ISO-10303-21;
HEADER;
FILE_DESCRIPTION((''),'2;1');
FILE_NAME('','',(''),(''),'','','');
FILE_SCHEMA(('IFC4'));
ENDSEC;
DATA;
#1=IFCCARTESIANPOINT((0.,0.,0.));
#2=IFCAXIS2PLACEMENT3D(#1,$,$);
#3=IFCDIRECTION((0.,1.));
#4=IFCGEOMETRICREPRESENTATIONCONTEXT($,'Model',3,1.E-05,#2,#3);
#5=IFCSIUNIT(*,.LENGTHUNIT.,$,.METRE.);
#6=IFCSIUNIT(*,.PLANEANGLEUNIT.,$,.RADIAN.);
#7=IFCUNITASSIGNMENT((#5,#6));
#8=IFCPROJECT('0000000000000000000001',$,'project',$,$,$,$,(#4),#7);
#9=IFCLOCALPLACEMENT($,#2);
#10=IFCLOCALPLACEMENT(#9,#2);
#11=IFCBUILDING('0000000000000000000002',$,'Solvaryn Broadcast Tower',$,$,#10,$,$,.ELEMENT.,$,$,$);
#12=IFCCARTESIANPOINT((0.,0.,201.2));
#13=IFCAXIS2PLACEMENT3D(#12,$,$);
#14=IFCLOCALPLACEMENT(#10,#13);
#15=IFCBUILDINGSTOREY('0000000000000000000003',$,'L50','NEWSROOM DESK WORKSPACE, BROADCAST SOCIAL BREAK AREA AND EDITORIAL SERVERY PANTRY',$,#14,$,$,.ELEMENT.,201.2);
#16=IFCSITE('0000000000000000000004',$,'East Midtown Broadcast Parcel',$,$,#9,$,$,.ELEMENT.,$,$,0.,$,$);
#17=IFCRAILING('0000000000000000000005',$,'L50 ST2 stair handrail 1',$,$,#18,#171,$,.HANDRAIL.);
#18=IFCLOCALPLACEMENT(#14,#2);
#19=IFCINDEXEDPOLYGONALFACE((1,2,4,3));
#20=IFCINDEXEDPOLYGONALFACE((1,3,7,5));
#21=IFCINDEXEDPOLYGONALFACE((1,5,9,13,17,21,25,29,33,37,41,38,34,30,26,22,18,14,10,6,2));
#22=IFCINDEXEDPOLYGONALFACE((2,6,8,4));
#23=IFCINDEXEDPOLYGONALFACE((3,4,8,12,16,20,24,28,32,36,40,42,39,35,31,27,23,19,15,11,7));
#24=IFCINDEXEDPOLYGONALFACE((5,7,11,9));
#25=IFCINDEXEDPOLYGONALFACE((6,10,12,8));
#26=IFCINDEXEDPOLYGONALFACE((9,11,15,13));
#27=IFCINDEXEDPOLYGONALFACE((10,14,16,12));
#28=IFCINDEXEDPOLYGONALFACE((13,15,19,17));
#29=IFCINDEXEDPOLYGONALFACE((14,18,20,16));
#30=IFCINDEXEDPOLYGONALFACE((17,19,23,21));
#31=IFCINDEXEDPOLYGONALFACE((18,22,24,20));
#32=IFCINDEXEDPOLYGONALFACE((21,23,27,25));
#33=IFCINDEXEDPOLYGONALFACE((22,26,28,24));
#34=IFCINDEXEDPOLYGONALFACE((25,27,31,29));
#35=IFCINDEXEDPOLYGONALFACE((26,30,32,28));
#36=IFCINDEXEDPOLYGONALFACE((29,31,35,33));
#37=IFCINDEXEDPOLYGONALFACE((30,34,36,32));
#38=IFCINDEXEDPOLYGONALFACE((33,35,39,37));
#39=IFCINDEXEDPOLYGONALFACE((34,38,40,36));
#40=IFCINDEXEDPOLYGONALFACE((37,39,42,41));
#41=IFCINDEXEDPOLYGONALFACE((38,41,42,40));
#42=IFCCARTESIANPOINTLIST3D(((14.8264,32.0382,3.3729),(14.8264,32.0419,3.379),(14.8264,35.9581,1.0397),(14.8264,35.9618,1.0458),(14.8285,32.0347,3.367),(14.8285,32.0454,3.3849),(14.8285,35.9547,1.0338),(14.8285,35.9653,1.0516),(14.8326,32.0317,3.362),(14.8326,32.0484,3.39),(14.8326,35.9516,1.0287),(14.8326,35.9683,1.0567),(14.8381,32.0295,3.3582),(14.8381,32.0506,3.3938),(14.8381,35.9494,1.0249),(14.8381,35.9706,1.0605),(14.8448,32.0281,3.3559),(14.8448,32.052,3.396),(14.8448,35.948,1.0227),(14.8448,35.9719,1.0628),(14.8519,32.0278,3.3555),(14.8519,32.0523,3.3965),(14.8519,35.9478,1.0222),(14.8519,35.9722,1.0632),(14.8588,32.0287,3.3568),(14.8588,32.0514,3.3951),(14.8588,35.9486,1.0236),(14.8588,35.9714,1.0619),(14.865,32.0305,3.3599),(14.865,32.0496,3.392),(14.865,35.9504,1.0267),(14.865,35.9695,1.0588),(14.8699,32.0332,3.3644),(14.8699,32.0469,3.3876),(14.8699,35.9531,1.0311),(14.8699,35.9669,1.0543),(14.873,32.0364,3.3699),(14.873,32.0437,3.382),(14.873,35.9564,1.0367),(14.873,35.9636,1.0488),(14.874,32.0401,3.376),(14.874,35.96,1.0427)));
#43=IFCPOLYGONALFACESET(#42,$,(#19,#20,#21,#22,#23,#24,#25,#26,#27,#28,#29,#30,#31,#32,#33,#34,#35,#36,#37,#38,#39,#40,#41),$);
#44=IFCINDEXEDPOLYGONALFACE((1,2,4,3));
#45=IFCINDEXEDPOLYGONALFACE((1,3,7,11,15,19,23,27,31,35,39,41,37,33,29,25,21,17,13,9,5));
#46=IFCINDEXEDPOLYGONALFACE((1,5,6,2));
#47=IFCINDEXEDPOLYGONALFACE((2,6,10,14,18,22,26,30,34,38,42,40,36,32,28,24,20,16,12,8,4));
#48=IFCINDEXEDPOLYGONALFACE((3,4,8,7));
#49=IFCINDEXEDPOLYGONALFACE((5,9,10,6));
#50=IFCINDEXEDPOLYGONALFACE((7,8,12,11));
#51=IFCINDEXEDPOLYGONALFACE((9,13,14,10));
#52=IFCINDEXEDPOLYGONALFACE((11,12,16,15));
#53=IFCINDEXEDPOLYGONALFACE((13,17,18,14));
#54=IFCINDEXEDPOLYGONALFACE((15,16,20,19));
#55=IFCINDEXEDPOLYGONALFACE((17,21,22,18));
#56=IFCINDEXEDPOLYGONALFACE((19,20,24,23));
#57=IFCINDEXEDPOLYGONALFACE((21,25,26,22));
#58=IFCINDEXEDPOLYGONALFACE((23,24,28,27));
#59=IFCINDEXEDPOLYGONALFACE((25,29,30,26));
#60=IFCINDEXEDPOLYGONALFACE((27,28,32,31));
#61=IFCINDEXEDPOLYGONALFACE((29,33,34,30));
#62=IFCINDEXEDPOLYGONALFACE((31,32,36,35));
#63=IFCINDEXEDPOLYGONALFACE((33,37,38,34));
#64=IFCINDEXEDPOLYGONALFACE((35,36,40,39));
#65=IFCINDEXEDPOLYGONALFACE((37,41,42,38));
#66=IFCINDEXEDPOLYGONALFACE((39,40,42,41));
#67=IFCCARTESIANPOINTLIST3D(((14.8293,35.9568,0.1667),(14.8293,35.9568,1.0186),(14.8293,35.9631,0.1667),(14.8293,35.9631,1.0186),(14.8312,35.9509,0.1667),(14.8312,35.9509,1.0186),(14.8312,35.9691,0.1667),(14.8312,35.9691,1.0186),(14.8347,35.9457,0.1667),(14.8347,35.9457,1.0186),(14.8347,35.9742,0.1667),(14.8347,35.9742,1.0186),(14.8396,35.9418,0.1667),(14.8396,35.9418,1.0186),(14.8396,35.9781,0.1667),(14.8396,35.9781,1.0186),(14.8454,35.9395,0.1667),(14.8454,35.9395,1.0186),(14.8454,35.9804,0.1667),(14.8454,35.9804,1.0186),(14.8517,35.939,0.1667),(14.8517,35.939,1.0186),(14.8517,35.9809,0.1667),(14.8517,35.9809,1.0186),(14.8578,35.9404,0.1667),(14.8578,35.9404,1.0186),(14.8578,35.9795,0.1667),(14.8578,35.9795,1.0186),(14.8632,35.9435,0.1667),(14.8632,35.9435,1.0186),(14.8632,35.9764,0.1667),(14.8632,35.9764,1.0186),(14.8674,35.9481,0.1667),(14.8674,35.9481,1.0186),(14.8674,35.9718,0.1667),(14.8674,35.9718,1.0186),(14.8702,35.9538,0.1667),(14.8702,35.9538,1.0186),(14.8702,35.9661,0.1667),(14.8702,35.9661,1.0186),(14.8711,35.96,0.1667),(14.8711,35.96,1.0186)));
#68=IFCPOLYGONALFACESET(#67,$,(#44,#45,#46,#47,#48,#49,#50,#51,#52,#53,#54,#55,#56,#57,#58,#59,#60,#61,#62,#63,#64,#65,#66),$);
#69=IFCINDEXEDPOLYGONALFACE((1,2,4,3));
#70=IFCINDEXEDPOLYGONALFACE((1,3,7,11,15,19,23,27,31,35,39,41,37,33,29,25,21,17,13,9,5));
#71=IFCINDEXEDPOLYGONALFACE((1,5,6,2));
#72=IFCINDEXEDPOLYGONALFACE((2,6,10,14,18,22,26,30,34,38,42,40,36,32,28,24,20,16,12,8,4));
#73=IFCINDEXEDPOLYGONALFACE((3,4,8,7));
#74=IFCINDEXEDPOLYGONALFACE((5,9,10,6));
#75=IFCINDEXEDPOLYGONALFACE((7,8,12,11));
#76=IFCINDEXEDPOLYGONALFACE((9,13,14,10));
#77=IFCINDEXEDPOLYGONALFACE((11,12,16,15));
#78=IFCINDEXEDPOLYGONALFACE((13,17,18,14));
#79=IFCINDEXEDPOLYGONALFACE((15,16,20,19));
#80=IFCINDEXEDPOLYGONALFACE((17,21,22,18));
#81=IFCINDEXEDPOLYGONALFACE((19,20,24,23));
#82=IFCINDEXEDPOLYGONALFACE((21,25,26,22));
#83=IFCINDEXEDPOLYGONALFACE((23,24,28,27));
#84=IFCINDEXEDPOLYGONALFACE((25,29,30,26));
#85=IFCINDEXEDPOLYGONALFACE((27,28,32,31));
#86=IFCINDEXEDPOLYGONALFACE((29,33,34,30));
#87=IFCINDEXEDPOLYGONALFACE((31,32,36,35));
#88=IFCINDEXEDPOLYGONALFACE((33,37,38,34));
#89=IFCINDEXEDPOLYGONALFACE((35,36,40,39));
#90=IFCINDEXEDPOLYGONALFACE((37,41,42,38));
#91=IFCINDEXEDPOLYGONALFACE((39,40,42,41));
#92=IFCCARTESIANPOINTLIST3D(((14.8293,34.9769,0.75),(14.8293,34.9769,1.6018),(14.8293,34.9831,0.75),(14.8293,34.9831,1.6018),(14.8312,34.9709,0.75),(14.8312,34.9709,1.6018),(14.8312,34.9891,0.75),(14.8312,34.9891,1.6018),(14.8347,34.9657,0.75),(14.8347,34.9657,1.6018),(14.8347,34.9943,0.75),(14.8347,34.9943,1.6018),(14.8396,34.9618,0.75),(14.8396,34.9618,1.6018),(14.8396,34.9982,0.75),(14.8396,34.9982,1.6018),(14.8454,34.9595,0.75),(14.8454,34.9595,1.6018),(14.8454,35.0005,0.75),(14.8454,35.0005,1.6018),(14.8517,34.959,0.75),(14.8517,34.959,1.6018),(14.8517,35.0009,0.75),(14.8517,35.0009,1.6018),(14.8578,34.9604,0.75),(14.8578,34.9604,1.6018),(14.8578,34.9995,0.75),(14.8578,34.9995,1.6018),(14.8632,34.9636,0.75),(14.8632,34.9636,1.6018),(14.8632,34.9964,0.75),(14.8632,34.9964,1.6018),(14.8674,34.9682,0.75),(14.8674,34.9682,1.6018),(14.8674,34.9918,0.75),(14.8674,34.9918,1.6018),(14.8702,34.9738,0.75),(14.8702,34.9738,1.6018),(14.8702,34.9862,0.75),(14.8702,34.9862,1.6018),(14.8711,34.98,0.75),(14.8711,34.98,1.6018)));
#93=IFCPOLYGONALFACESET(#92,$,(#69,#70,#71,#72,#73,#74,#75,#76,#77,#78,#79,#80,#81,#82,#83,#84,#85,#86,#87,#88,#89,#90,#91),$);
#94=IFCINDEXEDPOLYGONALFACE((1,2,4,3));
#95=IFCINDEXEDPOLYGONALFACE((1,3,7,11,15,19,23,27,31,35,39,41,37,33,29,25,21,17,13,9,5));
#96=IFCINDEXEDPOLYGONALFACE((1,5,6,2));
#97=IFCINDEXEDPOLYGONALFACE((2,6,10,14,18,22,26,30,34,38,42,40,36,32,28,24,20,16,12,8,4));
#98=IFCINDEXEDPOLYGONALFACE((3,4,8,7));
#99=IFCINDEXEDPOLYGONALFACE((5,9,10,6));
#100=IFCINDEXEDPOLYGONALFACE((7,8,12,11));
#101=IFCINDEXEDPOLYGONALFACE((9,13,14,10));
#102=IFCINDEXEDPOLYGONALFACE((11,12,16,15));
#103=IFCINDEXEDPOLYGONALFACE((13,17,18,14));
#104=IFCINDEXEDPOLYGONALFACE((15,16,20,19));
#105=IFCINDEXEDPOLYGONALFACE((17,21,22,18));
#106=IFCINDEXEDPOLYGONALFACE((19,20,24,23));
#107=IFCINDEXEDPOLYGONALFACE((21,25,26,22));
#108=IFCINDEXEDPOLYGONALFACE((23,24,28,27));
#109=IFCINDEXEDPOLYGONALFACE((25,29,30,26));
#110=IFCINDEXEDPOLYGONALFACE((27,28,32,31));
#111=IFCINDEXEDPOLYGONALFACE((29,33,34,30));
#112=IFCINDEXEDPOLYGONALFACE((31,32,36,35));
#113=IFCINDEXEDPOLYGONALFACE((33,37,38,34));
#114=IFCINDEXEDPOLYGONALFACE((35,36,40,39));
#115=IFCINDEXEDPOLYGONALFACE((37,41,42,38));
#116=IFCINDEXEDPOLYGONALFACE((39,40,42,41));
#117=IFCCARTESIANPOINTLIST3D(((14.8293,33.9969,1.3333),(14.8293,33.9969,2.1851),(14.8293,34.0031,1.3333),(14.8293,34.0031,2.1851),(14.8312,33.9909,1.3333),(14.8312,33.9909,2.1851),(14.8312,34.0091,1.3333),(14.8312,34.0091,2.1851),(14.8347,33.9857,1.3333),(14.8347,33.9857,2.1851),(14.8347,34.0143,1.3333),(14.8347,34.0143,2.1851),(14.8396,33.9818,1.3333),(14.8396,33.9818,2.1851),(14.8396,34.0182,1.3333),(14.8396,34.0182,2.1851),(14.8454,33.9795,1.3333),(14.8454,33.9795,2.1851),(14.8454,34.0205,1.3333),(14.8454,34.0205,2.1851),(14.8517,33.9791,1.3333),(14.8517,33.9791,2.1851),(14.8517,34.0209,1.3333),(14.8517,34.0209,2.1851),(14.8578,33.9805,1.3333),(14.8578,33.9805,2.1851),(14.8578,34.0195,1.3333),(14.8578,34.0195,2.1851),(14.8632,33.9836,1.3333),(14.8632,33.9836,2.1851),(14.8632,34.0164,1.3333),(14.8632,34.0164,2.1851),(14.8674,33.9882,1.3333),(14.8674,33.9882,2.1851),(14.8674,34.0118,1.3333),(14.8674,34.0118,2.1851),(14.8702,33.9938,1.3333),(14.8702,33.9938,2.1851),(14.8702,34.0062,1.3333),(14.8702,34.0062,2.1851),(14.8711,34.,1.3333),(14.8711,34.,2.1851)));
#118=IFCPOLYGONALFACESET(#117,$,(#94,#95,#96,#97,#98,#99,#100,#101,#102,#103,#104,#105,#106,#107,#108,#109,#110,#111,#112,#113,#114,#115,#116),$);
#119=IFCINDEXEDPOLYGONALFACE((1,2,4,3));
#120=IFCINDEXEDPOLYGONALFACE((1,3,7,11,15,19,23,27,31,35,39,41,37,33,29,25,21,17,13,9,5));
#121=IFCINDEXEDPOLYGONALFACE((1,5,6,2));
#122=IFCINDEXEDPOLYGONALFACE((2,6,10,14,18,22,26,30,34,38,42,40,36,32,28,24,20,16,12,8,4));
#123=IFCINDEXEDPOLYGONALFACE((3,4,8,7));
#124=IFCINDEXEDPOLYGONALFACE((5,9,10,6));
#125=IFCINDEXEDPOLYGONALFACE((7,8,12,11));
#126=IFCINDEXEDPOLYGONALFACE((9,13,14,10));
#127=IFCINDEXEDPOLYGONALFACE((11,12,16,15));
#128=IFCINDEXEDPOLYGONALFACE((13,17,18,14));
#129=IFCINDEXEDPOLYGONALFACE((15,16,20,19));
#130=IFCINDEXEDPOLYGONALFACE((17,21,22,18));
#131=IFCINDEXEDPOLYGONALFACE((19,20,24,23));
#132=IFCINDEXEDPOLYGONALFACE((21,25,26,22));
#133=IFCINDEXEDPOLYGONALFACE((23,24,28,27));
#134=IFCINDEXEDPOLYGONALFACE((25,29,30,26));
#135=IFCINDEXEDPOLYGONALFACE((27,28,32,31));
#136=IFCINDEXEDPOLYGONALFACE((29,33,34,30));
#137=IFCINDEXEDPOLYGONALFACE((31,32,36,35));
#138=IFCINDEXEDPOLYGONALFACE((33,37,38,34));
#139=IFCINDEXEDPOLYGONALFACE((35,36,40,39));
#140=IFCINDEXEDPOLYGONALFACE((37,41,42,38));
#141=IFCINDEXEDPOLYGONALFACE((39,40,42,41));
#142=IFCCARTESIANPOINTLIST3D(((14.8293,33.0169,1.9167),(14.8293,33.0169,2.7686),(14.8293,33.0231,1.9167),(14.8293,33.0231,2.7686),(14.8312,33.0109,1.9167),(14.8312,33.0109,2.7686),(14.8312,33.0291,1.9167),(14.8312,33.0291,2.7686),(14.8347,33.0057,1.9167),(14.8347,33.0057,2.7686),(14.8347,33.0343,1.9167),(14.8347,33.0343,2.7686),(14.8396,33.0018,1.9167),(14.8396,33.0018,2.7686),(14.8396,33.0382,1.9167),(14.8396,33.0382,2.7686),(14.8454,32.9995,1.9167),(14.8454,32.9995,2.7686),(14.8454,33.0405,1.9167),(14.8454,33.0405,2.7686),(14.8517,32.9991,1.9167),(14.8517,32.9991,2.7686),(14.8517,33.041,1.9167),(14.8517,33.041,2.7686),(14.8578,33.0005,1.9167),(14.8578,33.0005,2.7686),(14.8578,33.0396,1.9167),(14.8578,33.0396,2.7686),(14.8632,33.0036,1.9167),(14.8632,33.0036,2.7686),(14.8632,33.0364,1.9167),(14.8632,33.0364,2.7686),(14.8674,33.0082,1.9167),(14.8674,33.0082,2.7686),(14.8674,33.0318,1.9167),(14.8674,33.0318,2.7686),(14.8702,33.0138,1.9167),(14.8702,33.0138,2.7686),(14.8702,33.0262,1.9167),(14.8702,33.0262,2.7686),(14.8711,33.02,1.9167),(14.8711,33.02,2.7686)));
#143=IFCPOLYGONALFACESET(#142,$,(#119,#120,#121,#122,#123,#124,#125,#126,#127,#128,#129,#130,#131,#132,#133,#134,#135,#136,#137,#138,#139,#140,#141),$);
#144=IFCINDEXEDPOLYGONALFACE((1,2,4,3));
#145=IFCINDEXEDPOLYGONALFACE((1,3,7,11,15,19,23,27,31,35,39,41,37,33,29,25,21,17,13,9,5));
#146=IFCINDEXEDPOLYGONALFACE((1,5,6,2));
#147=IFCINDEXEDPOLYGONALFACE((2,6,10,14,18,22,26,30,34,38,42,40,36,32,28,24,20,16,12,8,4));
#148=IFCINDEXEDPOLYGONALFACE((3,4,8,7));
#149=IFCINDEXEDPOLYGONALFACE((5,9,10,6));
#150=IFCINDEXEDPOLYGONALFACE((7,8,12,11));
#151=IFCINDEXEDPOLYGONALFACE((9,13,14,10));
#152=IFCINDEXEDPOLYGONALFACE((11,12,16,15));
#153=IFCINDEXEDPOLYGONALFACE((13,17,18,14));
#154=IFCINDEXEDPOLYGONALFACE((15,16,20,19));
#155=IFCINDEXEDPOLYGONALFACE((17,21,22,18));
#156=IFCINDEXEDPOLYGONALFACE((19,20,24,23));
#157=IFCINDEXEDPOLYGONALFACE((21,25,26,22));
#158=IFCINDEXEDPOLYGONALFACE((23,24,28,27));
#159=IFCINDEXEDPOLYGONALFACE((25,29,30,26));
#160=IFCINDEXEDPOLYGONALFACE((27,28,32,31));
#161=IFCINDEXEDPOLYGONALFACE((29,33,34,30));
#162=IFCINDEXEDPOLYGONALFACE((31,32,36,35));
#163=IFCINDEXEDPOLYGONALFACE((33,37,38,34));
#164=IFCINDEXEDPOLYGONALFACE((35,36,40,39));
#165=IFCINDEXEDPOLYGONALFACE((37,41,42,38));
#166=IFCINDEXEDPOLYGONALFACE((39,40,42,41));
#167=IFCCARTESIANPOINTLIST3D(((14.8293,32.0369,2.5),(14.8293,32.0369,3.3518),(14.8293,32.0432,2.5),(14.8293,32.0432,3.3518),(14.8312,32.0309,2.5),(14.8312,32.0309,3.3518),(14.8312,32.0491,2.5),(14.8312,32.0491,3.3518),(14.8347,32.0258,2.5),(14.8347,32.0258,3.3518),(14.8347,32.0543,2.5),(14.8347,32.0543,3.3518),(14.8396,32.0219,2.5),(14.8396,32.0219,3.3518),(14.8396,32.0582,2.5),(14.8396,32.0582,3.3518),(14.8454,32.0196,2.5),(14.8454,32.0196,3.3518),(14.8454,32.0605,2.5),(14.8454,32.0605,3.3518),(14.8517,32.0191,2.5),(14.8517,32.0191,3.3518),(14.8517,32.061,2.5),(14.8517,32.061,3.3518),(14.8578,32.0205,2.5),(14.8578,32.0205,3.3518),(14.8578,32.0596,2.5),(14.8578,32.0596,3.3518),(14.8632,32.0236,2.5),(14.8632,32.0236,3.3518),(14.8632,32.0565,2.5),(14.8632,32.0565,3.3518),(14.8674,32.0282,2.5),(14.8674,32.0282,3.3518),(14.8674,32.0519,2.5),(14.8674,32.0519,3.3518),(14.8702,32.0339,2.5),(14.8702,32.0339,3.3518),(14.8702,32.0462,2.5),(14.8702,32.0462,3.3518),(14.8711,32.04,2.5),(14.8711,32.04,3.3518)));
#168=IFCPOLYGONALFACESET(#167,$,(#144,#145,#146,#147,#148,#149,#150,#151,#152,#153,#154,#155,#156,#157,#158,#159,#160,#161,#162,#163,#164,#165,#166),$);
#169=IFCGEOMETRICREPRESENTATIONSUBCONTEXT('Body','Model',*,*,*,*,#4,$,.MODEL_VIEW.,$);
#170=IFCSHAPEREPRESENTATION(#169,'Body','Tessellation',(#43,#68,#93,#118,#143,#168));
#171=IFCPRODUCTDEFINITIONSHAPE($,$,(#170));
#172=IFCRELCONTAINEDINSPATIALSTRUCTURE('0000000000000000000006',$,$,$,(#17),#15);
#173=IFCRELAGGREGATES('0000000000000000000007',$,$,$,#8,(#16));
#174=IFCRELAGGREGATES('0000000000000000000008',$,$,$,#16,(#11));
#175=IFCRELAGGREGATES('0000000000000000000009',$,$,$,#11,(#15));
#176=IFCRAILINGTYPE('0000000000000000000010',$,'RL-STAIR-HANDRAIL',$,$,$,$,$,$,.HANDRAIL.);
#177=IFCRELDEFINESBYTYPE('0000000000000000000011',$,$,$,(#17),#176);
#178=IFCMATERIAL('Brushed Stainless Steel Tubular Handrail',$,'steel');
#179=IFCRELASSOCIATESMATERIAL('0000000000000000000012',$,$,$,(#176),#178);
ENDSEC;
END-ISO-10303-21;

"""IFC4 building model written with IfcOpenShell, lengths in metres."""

from ifc_helpers import new_model, si_unit, direction, frame, origin, origin_2d, place, context, subcontext, project, spatial, circle, extrude, material, type_object, element, save


model = new_model("IFC4")

# Units and contexts
model_context = context("Model", 3, precision=1e-05, world=origin(), true_north=direction((0.0, 1.0)))
body_context = subcontext(model_context, "Body", "Model", "MODEL_VIEW")
ifc_project = project(units=[si_unit("LENGTHUNIT", "METRE"), si_unit("PLANEANGLEUNIT", "RADIAN")], contexts=[model_context])

# Site, building, storey
site_placement = place(None, origin())
site = spatial("IfcSite", under=ifc_project, at=site_placement, Name="East Midtown Broadcast Parcel", CompositionType="ELEMENT", RefElevation=0.0)
building_placement = place(site_placement, origin())
building = spatial("IfcBuilding", under=site, at=building_placement, Name="Solvaryn Broadcast Tower", CompositionType="ELEMENT")
storey_placement = place(building_placement, frame((0.0, 0.0, 201.2)))
storey = spatial("IfcBuildingStorey", under=building, at=storey_placement, Name="L50", Description="NEWSROOM DESK WORKSPACE, BROADCAST SOCIAL BREAK AREA AND EDITORIAL SERVERY PANTRY", CompositionType="ELEMENT", Elevation=201.2)

# Railing
ifc_material_1 = material(Name="Brushed Stainless Steel Tubular Handrail", Category="steel")
railing_type_1 = type_object("IfcRailingType", Name="RL-STAIR-HANDRAIL", PredefinedType="HANDRAIL", material=ifc_material_1)
railing_1_placement = place(storey_placement, frame((14.8501, 35.96, 0.1667)))
element("IfcRailing", 1, at=railing_1_placement, inside=storey, type_object=railing_type_1, Name="L50 ST2 stair handrail 1", PredefinedType="HANDRAIL", context=body_context, shape_type="SweptSolid", body=[
    extrude(circle(Radius=0.0239, at=origin_2d()), frame((0.0, 0.0, 0.876), z_axis=(0.0, -0.859296, 0.511478), x_axis=(1.0, 0.0, 0.0)), (0.0, 0.0, 1.0), 4.5618),
    extrude(circle(Radius=0.021, at=origin_2d()), origin(), (0.0, 0.0, 1.0), 0.8518),
    extrude(circle(Radius=0.021, at=origin_2d()), frame((0.0, -0.98, 0.5833)), (0.0, 0.0, 1.0), 0.8518),
    extrude(circle(Radius=0.021, at=origin_2d()), frame((0.0, -1.96, 1.1665)), (0.0, 0.0, 1.0), 0.8518),
    extrude(circle(Radius=0.021, at=origin_2d()), frame((0.0, -2.9399, 1.75)), (0.0, 0.0, 1.0), 0.8518),
    extrude(circle(Radius=0.021, at=origin_2d()), frame((0.0, -3.9199, 2.3333)), (0.0, 0.0, 1.0), 0.8518),
])

save(model, "model.ifc")
